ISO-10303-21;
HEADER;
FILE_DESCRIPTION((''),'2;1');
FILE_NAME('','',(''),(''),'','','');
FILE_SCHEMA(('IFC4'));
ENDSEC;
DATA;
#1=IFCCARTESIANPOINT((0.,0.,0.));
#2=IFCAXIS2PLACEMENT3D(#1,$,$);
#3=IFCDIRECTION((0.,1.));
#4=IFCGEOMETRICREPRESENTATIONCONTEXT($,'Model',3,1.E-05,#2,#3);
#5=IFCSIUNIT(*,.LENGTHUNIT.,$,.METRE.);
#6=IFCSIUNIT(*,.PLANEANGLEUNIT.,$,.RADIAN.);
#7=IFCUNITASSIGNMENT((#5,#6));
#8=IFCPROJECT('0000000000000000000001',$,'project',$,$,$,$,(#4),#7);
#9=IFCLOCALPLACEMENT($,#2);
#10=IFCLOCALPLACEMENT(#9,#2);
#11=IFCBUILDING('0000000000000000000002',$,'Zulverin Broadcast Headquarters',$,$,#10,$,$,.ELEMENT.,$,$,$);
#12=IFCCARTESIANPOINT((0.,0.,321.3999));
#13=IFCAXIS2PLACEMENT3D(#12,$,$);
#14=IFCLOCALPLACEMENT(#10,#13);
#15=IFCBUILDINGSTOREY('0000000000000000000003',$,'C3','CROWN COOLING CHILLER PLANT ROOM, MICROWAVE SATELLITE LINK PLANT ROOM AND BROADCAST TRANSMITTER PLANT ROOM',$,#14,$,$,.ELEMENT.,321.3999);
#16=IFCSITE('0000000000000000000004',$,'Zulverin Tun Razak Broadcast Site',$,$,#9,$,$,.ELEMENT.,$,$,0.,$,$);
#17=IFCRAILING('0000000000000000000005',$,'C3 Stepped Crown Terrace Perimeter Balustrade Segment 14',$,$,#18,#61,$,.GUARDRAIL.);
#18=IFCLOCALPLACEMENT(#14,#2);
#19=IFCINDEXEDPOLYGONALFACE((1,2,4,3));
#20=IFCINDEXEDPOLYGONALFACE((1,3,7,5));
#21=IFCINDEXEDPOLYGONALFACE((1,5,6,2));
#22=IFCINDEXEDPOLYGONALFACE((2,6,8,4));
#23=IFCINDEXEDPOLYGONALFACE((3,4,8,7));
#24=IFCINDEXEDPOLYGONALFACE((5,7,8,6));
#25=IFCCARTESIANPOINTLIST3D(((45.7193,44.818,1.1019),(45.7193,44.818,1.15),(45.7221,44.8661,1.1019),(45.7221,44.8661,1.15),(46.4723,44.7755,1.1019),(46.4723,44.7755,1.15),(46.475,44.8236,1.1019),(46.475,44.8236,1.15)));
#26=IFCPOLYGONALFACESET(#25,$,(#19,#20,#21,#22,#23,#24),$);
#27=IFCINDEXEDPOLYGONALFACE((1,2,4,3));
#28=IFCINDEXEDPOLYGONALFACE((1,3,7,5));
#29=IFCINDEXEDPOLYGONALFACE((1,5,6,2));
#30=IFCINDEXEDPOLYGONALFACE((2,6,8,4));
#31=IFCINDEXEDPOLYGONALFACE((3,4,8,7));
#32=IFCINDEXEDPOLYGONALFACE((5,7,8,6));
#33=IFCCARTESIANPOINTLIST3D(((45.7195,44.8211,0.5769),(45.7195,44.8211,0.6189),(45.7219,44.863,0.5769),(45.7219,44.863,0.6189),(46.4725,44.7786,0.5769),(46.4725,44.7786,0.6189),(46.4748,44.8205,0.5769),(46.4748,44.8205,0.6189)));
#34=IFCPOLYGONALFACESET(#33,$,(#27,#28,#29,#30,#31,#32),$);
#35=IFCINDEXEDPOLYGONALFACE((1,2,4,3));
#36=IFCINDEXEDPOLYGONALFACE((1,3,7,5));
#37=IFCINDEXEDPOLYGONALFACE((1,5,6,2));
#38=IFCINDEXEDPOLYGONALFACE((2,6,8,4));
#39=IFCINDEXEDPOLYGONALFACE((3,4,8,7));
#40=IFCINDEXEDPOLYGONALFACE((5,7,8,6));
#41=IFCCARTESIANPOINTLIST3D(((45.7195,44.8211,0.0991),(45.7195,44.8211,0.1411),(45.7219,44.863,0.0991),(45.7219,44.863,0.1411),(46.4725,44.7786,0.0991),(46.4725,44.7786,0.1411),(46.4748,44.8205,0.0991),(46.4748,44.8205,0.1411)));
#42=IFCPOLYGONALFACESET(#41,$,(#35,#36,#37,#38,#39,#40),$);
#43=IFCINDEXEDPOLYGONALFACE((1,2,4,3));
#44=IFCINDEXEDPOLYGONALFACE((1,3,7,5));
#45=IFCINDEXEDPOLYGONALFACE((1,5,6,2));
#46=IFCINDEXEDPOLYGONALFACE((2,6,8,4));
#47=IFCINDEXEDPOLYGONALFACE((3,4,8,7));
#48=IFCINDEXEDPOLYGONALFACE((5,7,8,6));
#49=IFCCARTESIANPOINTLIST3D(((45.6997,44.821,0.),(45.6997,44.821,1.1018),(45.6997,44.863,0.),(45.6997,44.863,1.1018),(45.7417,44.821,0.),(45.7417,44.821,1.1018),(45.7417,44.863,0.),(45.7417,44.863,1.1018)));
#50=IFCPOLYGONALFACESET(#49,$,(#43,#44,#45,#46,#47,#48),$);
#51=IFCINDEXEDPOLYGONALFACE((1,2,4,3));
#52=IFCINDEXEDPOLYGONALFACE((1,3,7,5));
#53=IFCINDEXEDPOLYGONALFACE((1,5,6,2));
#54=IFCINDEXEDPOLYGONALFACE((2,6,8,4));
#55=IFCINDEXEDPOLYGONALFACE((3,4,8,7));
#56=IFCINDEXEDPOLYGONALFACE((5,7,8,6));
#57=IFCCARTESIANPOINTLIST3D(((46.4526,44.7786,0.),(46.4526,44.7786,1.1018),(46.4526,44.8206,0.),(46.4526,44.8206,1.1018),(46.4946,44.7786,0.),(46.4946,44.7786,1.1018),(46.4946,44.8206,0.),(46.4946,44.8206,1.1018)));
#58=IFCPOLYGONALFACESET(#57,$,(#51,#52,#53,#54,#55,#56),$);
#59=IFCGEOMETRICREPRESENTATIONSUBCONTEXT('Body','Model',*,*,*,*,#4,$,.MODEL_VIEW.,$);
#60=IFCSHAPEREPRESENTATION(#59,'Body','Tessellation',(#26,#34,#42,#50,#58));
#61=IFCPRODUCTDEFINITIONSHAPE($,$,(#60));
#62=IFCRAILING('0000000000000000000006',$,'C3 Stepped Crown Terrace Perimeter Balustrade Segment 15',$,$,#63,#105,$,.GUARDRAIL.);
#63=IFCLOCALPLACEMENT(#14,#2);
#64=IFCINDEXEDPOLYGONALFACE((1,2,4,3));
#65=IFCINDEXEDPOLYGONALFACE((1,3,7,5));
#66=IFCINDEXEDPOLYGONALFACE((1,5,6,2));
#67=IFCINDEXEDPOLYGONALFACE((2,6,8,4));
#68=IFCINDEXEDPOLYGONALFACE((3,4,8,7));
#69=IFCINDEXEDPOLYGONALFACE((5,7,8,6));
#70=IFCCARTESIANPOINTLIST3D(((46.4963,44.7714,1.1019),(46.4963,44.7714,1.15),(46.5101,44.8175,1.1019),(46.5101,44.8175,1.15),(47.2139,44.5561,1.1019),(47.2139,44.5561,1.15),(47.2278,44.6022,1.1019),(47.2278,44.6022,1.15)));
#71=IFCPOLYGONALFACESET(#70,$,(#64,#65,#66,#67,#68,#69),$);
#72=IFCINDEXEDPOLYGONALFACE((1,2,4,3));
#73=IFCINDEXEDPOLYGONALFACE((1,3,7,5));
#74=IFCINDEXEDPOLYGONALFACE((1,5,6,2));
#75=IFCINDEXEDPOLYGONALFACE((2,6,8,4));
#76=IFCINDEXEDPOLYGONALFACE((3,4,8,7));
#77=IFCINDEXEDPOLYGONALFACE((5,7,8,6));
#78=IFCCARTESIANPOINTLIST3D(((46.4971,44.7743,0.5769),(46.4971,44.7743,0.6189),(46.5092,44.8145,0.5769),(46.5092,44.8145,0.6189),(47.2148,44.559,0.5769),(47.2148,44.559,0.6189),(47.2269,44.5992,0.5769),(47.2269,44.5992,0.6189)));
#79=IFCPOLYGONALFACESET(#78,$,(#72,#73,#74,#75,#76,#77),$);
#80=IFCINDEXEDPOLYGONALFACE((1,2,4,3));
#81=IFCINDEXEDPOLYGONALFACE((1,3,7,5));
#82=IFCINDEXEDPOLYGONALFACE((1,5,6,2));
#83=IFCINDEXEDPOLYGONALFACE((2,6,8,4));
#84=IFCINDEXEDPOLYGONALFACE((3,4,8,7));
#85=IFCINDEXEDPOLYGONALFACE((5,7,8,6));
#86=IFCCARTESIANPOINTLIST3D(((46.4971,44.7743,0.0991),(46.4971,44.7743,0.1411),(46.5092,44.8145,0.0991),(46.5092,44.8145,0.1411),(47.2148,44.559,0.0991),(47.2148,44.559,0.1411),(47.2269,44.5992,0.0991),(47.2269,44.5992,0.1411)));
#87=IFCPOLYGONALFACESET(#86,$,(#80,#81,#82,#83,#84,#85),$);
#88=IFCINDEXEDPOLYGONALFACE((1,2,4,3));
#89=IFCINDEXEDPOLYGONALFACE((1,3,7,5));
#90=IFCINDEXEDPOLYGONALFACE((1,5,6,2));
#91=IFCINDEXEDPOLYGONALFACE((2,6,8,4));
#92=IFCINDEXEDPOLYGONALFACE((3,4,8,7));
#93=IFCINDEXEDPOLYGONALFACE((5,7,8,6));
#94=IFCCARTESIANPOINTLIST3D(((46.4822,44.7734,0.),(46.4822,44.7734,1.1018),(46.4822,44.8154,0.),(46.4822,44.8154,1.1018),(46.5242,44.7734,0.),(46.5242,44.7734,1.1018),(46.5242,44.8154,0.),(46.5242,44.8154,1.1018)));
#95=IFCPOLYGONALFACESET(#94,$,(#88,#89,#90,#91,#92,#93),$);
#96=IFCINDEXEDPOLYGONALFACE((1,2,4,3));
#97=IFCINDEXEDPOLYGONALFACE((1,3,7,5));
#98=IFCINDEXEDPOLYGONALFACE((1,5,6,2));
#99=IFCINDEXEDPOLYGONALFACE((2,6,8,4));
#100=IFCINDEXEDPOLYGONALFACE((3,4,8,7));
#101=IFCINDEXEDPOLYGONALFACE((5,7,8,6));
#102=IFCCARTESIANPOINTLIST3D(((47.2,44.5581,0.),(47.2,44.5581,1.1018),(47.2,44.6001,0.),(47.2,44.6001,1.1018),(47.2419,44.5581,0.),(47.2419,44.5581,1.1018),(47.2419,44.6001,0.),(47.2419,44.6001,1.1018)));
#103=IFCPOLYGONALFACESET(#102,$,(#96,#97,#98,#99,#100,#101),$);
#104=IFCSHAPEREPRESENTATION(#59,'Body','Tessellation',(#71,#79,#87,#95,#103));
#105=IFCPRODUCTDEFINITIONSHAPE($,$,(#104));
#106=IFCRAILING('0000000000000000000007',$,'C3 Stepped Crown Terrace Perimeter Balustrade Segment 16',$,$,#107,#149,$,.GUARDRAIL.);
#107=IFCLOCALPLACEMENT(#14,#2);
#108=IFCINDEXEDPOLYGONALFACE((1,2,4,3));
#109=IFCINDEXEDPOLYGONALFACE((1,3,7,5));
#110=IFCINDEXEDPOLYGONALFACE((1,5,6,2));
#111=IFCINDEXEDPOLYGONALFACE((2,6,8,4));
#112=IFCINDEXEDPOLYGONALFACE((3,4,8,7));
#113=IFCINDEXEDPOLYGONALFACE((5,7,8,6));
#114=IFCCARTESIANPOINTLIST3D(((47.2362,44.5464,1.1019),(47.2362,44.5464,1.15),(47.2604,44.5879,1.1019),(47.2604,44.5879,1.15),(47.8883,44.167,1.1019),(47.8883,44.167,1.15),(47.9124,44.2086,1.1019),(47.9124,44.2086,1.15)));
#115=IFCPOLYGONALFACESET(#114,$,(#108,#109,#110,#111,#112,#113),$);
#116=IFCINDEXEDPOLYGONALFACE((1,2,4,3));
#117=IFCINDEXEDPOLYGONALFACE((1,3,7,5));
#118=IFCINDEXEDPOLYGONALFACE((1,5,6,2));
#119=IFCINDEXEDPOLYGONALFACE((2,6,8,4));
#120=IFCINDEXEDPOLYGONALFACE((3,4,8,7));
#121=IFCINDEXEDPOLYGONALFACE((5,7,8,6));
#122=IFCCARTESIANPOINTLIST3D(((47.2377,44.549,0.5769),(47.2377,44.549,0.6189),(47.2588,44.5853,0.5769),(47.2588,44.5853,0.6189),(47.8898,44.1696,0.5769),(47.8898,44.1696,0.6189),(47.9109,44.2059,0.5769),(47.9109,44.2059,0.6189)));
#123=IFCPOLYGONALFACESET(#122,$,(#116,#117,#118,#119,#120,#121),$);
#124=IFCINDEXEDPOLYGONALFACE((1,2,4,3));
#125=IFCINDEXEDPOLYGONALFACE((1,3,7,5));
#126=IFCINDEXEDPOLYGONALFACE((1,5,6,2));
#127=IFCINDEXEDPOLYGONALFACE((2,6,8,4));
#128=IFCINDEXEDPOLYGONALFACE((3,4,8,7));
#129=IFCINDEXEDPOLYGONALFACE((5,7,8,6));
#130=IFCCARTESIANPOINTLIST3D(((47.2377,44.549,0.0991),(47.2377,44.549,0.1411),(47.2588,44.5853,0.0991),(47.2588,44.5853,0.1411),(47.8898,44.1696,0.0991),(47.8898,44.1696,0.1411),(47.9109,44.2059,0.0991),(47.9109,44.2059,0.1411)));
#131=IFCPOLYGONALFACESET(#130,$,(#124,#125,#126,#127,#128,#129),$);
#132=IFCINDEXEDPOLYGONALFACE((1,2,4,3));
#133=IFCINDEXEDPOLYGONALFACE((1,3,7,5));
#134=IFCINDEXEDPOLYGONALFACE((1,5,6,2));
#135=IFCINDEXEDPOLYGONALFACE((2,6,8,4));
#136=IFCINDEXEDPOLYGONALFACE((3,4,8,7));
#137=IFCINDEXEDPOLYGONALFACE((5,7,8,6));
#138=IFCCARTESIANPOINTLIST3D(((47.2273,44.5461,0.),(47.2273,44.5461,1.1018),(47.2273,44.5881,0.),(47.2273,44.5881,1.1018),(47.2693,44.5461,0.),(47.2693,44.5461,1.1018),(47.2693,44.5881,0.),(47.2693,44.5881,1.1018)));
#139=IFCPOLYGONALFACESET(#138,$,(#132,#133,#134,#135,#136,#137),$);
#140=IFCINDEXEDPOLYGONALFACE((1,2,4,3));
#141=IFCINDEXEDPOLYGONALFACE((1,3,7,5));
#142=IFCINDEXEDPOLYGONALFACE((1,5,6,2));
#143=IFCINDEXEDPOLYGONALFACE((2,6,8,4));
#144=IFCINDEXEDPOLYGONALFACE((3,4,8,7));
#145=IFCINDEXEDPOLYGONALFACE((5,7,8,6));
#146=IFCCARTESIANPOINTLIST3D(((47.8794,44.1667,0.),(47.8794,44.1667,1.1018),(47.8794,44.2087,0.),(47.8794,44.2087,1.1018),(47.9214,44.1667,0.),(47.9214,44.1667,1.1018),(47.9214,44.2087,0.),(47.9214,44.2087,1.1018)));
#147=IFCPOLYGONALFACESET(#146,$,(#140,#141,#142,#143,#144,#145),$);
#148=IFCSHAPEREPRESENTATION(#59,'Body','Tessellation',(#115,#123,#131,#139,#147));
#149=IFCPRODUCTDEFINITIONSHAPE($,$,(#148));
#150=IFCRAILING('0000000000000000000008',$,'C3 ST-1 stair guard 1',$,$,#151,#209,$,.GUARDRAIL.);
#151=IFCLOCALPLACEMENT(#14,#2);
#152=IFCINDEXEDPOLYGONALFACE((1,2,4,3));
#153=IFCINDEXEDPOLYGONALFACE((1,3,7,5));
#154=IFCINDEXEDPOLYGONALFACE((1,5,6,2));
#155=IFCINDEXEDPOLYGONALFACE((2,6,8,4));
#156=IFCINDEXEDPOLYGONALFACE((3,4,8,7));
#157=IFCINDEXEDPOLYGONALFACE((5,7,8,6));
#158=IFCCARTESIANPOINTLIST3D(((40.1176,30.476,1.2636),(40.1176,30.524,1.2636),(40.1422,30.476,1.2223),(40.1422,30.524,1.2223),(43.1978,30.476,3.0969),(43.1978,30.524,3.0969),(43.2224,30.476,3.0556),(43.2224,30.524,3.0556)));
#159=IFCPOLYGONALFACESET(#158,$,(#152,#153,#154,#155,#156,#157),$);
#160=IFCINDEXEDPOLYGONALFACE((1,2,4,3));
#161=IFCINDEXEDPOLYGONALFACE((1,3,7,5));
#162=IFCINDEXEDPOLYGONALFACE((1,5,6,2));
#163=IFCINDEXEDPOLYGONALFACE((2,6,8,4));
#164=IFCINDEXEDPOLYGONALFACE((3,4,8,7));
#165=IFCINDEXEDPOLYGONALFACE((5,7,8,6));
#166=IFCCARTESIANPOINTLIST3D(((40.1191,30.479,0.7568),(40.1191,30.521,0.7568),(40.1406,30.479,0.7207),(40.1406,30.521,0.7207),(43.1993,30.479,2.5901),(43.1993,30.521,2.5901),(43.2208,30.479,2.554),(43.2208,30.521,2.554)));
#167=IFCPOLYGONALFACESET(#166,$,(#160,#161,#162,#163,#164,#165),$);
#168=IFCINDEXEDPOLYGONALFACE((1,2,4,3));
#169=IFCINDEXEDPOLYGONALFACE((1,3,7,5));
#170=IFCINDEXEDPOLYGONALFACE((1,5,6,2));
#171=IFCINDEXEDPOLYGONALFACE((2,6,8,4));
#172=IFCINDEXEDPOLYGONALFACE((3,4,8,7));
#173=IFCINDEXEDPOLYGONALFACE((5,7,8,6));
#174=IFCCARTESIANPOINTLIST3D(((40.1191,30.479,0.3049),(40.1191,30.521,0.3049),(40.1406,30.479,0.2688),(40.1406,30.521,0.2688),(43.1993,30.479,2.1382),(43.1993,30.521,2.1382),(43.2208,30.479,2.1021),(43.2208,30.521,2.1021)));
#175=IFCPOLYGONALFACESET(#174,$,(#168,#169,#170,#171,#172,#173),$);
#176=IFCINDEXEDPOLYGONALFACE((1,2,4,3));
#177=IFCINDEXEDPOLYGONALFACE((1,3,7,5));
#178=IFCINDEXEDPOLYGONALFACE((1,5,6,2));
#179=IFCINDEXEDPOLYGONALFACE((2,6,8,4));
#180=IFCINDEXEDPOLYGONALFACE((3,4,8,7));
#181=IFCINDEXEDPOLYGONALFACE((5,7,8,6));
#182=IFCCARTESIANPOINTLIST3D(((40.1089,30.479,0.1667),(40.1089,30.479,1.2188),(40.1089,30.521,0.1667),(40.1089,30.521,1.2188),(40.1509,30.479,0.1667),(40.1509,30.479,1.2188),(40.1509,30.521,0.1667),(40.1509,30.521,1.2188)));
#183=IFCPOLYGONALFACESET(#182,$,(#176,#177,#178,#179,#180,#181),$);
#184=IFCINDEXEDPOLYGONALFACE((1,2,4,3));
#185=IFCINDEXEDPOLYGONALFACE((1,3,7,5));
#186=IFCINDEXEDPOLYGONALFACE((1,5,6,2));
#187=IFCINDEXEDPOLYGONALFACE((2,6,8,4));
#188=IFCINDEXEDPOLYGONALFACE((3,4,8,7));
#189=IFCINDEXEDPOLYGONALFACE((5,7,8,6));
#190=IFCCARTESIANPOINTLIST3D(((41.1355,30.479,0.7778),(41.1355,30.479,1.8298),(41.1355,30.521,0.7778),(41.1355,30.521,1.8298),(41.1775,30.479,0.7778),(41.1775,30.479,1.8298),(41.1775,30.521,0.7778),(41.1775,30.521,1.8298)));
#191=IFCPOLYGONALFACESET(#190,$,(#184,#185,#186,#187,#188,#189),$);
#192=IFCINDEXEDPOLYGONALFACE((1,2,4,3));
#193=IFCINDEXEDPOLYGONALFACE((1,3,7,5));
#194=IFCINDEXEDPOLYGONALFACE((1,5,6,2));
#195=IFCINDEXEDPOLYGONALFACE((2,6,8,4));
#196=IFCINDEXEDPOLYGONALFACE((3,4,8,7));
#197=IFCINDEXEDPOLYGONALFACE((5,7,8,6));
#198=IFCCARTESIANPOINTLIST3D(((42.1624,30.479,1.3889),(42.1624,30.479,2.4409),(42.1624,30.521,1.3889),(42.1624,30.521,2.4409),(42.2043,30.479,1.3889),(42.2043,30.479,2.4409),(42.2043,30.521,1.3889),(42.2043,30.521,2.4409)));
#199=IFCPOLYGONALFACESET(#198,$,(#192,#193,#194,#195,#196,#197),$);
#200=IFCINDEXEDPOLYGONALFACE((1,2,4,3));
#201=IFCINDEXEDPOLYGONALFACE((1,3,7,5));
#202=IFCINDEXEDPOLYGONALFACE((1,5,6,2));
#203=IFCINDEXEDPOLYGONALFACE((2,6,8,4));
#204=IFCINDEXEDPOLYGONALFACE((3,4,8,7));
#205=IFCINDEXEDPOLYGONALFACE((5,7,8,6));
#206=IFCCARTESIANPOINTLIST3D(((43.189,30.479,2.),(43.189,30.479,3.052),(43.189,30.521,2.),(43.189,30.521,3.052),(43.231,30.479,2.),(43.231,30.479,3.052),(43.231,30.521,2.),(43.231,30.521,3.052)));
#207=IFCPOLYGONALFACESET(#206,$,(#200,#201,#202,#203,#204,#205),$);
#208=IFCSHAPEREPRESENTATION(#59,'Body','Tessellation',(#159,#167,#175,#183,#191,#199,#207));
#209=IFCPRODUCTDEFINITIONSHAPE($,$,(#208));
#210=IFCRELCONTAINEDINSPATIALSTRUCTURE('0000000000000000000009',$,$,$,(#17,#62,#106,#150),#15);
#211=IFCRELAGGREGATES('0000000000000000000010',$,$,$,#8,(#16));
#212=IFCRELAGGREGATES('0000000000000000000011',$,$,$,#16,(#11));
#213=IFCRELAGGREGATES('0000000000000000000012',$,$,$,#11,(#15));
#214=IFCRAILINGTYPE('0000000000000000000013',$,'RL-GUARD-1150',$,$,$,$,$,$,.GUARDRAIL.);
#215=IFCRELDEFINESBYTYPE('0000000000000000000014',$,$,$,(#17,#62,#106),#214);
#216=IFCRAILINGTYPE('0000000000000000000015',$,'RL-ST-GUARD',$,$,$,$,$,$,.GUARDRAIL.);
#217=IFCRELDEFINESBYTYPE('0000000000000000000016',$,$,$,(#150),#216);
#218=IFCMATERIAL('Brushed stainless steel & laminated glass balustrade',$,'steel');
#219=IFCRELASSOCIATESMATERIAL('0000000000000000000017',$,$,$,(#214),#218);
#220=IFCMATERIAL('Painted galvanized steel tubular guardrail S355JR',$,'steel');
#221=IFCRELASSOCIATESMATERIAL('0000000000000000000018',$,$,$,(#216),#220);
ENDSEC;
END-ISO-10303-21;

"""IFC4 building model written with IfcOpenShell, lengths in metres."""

from ifc_helpers import new_model, si_unit, direction, frame, origin, origin_2d, place, context, subcontext, project, spatial, rectangle, extrude, material, type_object, element, save


model = new_model("IFC4")

# Units and contexts
model_context = context("Model", 3, precision=1e-05, world=origin(), true_north=direction((0.0, 1.0)))
body_context = subcontext(model_context, "Body", "Model", "MODEL_VIEW")
ifc_project = project(units=[si_unit("LENGTHUNIT", "METRE"), si_unit("PLANEANGLEUNIT", "RADIAN")], contexts=[model_context])

# Site, building, storey
site_placement = place(None, origin())
site = spatial("IfcSite", under=ifc_project, at=site_placement, Name="Zulverin Tun Razak Broadcast Site", CompositionType="ELEMENT", RefElevation=0.0)
building_placement = place(site_placement, origin())
building = spatial("IfcBuilding", under=site, at=building_placement, Name="Zulverin Broadcast Headquarters", CompositionType="ELEMENT")
storey_placement = place(building_placement, frame((0.0, 0.0, 321.3999)))
storey = spatial("IfcBuildingStorey", under=building, at=storey_placement, Name="C3", Description="CROWN COOLING CHILLER PLANT ROOM, MICROWAVE SATELLITE LINK PLANT ROOM AND BROADCAST TRANSMITTER PLANT ROOM", CompositionType="ELEMENT", Elevation=321.3999)

# Railings
ifc_material_1 = material(Name="Brushed stainless steel & laminated glass balustrade", Category="steel")
railing_type_1 = type_object("IfcRailingType", Name="RL-GUARD-1150", PredefinedType="GUARDRAIL", material=ifc_material_1)
railing_1_placement = place(storey_placement, frame((45.7207, 44.842, 0.0)))
element("IfcRailing", 1, at=railing_1_placement, inside=storey, type_object=railing_type_1, Name="C3 Stepped Crown Terrace Perimeter Balustrade Segment 14", PredefinedType="GUARDRAIL", context=body_context, shape_type="SweptSolid", body=[
    extrude(rectangle(XDim=0.0481, YDim=0.0481, at=origin_2d()), frame((0.0, 0.0, 1.126), z_axis=(0.998412, -0.056331, 0.0), x_axis=(0.056331, 0.998412, 0.0)), (0.0, 0.0, 1.0), 0.7542),
    extrude(rectangle(XDim=0.042, YDim=0.042, at=origin_2d()), frame((0.0, 0.0, 0.5979), z_axis=(0.998412, -0.056331, 0.0), x_axis=(0.056331, 0.998412, 0.0)), (0.0, 0.0, 1.0), 0.7542),
    extrude(rectangle(XDim=0.042, YDim=0.042, at=origin_2d()), frame((0.0, 0.0, 0.1201), z_axis=(0.998412, -0.056331, 0.0), x_axis=(0.056331, 0.998412, 0.0)), (0.0, 0.0, 1.0), 0.7542),
    extrude(rectangle(XDim=0.042, YDim=0.042, at=origin_2d()), origin(), (0.0, 0.0, 1.0), 1.1018),
    extrude(rectangle(XDim=0.042, YDim=0.042, at=origin_2d()), frame((0.7529, -0.0425, 0.0)), (0.0, 0.0, 1.0), 1.1018),
])
railing_2_placement = place(storey_placement, frame((46.5032, 44.7944, 0.0)))
element("IfcRailing", 2, at=railing_2_placement, inside=storey, type_object=railing_type_1, Name="C3 Stepped Crown Terrace Perimeter Balustrade Segment 15", PredefinedType="GUARDRAIL", context=body_context, shape_type="SweptSolid", body=[
    extrude(rectangle(XDim=0.0481, YDim=0.0481, at=origin_2d()), frame((0.0, 0.0, 1.126), z_axis=(0.957826, -0.287348, 0.0), x_axis=(0.287348, 0.957826, 0.0)), (0.0, 0.0, 1.0), 0.7493),
    extrude(rectangle(XDim=0.042, YDim=0.042, at=origin_2d()), frame((0.0, 0.0, 0.5979), z_axis=(0.957826, -0.287348, 0.0), x_axis=(0.287348, 0.957826, 0.0)), (0.0, 0.0, 1.0), 0.7493),
    extrude(rectangle(XDim=0.042, YDim=0.042, at=origin_2d()), frame((0.0, 0.0, 0.1201), z_axis=(0.957826, -0.287348, 0.0), x_axis=(0.287348, 0.957826, 0.0)), (0.0, 0.0, 1.0), 0.7493),
    extrude(rectangle(XDim=0.042, YDim=0.042, at=origin_2d()), origin(), (0.0, 0.0, 1.0), 1.1018),
    extrude(rectangle(XDim=0.042, YDim=0.042, at=origin_2d()), frame((0.7178, -0.2153, 0.0)), (0.0, 0.0, 1.0), 1.1018),
])
railing_3_placement = place(storey_placement, frame((47.2483, 44.5671, 0.0)))
element("IfcRailing", 3, at=railing_3_placement, inside=storey, type_object=railing_type_1, Name="C3 Stepped Crown Terrace Perimeter Balustrade Segment 16", PredefinedType="GUARDRAIL", context=body_context, shape_type="SweptSolid", body=[
    extrude(rectangle(XDim=0.0481, YDim=0.0481, at=origin_2d()), frame((0.0, 0.0, 1.126), z_axis=(0.864353, -0.502885, 0.0), x_axis=(0.502885, 0.864353, 0.0)), (0.0, 0.0, 1.0), 0.7544),
    extrude(rectangle(XDim=0.042, YDim=0.042, at=origin_2d()), frame((0.0, 0.0, 0.5979), z_axis=(0.864353, -0.502885, 0.0), x_axis=(0.502885, 0.864353, 0.0)), (0.0, 0.0, 1.0), 0.7544),
    extrude(rectangle(XDim=0.042, YDim=0.042, at=origin_2d()), frame((0.0, 0.0, 0.1201), z_axis=(0.864353, -0.502885, 0.0), x_axis=(0.502885, 0.864353, 0.0)), (0.0, 0.0, 1.0), 0.7544),
    extrude(rectangle(XDim=0.042, YDim=0.042, at=origin_2d()), origin(), (0.0, 0.0, 1.0), 1.1018),
    extrude(rectangle(XDim=0.042, YDim=0.042, at=origin_2d()), frame((0.6521, -0.3794, 0.0)), (0.0, 0.0, 1.0), 1.1018),
])
ifc_material_2 = material(Name="Painted galvanized steel tubular guardrail S355JR", Category="steel")
railing_type_2 = type_object("IfcRailingType", Name="RL-ST-GUARD", PredefinedType="GUARDRAIL", material=ifc_material_2)
railing_4_placement = place(storey_placement, frame((40.1299, 30.5, 0.1667)))
element("IfcRailing", 4, at=railing_4_placement, inside=storey, type_object=railing_type_2, Name="C3 ST-1 stair guard 1", PredefinedType="GUARDRAIL", context=body_context, shape_type="SweptSolid", body=[
    extrude(rectangle(XDim=0.0481, YDim=0.0481, at=origin_2d()), frame((0.0, 0.0, 1.0762), z_axis=(0.859309, 0.0, 0.511458), x_axis=(0.0, 1.0, 0.0)), (0.0, 0.0, 1.0), 3.5845),
    extrude(rectangle(XDim=0.042, YDim=0.042, at=origin_2d()), frame((0.0, 0.0, 0.572), z_axis=(0.859309, 0.0, 0.511458), x_axis=(0.0, 1.0, 0.0)), (0.0, 0.0, 1.0), 3.5845),
    extrude(rectangle(XDim=0.042, YDim=0.042, at=origin_2d()), frame((0.0, 0.0, 0.1201), z_axis=(0.859309, 0.0, 0.511458), x_axis=(0.0, 1.0, 0.0)), (0.0, 0.0, 1.0), 3.5845),
    extrude(rectangle(XDim=0.042, YDim=0.042, at=origin_2d()), origin(), (0.0, 0.0, 1.0), 1.052),
    extrude(rectangle(XDim=0.042, YDim=0.042, at=origin_2d()), frame((1.0266, 0.0, 0.6111)), (0.0, 0.0, 1.0), 1.052),
    extrude(rectangle(XDim=0.042, YDim=0.042, at=origin_2d()), frame((2.0535, 0.0, 1.2222)), (0.0, 0.0, 1.0), 1.052),
    extrude(rectangle(XDim=0.042, YDim=0.042, at=origin_2d()), frame((3.0801, 0.0, 1.8333)), (0.0, 0.0, 1.0), 1.052),
])

save(model, "model.ifc")
